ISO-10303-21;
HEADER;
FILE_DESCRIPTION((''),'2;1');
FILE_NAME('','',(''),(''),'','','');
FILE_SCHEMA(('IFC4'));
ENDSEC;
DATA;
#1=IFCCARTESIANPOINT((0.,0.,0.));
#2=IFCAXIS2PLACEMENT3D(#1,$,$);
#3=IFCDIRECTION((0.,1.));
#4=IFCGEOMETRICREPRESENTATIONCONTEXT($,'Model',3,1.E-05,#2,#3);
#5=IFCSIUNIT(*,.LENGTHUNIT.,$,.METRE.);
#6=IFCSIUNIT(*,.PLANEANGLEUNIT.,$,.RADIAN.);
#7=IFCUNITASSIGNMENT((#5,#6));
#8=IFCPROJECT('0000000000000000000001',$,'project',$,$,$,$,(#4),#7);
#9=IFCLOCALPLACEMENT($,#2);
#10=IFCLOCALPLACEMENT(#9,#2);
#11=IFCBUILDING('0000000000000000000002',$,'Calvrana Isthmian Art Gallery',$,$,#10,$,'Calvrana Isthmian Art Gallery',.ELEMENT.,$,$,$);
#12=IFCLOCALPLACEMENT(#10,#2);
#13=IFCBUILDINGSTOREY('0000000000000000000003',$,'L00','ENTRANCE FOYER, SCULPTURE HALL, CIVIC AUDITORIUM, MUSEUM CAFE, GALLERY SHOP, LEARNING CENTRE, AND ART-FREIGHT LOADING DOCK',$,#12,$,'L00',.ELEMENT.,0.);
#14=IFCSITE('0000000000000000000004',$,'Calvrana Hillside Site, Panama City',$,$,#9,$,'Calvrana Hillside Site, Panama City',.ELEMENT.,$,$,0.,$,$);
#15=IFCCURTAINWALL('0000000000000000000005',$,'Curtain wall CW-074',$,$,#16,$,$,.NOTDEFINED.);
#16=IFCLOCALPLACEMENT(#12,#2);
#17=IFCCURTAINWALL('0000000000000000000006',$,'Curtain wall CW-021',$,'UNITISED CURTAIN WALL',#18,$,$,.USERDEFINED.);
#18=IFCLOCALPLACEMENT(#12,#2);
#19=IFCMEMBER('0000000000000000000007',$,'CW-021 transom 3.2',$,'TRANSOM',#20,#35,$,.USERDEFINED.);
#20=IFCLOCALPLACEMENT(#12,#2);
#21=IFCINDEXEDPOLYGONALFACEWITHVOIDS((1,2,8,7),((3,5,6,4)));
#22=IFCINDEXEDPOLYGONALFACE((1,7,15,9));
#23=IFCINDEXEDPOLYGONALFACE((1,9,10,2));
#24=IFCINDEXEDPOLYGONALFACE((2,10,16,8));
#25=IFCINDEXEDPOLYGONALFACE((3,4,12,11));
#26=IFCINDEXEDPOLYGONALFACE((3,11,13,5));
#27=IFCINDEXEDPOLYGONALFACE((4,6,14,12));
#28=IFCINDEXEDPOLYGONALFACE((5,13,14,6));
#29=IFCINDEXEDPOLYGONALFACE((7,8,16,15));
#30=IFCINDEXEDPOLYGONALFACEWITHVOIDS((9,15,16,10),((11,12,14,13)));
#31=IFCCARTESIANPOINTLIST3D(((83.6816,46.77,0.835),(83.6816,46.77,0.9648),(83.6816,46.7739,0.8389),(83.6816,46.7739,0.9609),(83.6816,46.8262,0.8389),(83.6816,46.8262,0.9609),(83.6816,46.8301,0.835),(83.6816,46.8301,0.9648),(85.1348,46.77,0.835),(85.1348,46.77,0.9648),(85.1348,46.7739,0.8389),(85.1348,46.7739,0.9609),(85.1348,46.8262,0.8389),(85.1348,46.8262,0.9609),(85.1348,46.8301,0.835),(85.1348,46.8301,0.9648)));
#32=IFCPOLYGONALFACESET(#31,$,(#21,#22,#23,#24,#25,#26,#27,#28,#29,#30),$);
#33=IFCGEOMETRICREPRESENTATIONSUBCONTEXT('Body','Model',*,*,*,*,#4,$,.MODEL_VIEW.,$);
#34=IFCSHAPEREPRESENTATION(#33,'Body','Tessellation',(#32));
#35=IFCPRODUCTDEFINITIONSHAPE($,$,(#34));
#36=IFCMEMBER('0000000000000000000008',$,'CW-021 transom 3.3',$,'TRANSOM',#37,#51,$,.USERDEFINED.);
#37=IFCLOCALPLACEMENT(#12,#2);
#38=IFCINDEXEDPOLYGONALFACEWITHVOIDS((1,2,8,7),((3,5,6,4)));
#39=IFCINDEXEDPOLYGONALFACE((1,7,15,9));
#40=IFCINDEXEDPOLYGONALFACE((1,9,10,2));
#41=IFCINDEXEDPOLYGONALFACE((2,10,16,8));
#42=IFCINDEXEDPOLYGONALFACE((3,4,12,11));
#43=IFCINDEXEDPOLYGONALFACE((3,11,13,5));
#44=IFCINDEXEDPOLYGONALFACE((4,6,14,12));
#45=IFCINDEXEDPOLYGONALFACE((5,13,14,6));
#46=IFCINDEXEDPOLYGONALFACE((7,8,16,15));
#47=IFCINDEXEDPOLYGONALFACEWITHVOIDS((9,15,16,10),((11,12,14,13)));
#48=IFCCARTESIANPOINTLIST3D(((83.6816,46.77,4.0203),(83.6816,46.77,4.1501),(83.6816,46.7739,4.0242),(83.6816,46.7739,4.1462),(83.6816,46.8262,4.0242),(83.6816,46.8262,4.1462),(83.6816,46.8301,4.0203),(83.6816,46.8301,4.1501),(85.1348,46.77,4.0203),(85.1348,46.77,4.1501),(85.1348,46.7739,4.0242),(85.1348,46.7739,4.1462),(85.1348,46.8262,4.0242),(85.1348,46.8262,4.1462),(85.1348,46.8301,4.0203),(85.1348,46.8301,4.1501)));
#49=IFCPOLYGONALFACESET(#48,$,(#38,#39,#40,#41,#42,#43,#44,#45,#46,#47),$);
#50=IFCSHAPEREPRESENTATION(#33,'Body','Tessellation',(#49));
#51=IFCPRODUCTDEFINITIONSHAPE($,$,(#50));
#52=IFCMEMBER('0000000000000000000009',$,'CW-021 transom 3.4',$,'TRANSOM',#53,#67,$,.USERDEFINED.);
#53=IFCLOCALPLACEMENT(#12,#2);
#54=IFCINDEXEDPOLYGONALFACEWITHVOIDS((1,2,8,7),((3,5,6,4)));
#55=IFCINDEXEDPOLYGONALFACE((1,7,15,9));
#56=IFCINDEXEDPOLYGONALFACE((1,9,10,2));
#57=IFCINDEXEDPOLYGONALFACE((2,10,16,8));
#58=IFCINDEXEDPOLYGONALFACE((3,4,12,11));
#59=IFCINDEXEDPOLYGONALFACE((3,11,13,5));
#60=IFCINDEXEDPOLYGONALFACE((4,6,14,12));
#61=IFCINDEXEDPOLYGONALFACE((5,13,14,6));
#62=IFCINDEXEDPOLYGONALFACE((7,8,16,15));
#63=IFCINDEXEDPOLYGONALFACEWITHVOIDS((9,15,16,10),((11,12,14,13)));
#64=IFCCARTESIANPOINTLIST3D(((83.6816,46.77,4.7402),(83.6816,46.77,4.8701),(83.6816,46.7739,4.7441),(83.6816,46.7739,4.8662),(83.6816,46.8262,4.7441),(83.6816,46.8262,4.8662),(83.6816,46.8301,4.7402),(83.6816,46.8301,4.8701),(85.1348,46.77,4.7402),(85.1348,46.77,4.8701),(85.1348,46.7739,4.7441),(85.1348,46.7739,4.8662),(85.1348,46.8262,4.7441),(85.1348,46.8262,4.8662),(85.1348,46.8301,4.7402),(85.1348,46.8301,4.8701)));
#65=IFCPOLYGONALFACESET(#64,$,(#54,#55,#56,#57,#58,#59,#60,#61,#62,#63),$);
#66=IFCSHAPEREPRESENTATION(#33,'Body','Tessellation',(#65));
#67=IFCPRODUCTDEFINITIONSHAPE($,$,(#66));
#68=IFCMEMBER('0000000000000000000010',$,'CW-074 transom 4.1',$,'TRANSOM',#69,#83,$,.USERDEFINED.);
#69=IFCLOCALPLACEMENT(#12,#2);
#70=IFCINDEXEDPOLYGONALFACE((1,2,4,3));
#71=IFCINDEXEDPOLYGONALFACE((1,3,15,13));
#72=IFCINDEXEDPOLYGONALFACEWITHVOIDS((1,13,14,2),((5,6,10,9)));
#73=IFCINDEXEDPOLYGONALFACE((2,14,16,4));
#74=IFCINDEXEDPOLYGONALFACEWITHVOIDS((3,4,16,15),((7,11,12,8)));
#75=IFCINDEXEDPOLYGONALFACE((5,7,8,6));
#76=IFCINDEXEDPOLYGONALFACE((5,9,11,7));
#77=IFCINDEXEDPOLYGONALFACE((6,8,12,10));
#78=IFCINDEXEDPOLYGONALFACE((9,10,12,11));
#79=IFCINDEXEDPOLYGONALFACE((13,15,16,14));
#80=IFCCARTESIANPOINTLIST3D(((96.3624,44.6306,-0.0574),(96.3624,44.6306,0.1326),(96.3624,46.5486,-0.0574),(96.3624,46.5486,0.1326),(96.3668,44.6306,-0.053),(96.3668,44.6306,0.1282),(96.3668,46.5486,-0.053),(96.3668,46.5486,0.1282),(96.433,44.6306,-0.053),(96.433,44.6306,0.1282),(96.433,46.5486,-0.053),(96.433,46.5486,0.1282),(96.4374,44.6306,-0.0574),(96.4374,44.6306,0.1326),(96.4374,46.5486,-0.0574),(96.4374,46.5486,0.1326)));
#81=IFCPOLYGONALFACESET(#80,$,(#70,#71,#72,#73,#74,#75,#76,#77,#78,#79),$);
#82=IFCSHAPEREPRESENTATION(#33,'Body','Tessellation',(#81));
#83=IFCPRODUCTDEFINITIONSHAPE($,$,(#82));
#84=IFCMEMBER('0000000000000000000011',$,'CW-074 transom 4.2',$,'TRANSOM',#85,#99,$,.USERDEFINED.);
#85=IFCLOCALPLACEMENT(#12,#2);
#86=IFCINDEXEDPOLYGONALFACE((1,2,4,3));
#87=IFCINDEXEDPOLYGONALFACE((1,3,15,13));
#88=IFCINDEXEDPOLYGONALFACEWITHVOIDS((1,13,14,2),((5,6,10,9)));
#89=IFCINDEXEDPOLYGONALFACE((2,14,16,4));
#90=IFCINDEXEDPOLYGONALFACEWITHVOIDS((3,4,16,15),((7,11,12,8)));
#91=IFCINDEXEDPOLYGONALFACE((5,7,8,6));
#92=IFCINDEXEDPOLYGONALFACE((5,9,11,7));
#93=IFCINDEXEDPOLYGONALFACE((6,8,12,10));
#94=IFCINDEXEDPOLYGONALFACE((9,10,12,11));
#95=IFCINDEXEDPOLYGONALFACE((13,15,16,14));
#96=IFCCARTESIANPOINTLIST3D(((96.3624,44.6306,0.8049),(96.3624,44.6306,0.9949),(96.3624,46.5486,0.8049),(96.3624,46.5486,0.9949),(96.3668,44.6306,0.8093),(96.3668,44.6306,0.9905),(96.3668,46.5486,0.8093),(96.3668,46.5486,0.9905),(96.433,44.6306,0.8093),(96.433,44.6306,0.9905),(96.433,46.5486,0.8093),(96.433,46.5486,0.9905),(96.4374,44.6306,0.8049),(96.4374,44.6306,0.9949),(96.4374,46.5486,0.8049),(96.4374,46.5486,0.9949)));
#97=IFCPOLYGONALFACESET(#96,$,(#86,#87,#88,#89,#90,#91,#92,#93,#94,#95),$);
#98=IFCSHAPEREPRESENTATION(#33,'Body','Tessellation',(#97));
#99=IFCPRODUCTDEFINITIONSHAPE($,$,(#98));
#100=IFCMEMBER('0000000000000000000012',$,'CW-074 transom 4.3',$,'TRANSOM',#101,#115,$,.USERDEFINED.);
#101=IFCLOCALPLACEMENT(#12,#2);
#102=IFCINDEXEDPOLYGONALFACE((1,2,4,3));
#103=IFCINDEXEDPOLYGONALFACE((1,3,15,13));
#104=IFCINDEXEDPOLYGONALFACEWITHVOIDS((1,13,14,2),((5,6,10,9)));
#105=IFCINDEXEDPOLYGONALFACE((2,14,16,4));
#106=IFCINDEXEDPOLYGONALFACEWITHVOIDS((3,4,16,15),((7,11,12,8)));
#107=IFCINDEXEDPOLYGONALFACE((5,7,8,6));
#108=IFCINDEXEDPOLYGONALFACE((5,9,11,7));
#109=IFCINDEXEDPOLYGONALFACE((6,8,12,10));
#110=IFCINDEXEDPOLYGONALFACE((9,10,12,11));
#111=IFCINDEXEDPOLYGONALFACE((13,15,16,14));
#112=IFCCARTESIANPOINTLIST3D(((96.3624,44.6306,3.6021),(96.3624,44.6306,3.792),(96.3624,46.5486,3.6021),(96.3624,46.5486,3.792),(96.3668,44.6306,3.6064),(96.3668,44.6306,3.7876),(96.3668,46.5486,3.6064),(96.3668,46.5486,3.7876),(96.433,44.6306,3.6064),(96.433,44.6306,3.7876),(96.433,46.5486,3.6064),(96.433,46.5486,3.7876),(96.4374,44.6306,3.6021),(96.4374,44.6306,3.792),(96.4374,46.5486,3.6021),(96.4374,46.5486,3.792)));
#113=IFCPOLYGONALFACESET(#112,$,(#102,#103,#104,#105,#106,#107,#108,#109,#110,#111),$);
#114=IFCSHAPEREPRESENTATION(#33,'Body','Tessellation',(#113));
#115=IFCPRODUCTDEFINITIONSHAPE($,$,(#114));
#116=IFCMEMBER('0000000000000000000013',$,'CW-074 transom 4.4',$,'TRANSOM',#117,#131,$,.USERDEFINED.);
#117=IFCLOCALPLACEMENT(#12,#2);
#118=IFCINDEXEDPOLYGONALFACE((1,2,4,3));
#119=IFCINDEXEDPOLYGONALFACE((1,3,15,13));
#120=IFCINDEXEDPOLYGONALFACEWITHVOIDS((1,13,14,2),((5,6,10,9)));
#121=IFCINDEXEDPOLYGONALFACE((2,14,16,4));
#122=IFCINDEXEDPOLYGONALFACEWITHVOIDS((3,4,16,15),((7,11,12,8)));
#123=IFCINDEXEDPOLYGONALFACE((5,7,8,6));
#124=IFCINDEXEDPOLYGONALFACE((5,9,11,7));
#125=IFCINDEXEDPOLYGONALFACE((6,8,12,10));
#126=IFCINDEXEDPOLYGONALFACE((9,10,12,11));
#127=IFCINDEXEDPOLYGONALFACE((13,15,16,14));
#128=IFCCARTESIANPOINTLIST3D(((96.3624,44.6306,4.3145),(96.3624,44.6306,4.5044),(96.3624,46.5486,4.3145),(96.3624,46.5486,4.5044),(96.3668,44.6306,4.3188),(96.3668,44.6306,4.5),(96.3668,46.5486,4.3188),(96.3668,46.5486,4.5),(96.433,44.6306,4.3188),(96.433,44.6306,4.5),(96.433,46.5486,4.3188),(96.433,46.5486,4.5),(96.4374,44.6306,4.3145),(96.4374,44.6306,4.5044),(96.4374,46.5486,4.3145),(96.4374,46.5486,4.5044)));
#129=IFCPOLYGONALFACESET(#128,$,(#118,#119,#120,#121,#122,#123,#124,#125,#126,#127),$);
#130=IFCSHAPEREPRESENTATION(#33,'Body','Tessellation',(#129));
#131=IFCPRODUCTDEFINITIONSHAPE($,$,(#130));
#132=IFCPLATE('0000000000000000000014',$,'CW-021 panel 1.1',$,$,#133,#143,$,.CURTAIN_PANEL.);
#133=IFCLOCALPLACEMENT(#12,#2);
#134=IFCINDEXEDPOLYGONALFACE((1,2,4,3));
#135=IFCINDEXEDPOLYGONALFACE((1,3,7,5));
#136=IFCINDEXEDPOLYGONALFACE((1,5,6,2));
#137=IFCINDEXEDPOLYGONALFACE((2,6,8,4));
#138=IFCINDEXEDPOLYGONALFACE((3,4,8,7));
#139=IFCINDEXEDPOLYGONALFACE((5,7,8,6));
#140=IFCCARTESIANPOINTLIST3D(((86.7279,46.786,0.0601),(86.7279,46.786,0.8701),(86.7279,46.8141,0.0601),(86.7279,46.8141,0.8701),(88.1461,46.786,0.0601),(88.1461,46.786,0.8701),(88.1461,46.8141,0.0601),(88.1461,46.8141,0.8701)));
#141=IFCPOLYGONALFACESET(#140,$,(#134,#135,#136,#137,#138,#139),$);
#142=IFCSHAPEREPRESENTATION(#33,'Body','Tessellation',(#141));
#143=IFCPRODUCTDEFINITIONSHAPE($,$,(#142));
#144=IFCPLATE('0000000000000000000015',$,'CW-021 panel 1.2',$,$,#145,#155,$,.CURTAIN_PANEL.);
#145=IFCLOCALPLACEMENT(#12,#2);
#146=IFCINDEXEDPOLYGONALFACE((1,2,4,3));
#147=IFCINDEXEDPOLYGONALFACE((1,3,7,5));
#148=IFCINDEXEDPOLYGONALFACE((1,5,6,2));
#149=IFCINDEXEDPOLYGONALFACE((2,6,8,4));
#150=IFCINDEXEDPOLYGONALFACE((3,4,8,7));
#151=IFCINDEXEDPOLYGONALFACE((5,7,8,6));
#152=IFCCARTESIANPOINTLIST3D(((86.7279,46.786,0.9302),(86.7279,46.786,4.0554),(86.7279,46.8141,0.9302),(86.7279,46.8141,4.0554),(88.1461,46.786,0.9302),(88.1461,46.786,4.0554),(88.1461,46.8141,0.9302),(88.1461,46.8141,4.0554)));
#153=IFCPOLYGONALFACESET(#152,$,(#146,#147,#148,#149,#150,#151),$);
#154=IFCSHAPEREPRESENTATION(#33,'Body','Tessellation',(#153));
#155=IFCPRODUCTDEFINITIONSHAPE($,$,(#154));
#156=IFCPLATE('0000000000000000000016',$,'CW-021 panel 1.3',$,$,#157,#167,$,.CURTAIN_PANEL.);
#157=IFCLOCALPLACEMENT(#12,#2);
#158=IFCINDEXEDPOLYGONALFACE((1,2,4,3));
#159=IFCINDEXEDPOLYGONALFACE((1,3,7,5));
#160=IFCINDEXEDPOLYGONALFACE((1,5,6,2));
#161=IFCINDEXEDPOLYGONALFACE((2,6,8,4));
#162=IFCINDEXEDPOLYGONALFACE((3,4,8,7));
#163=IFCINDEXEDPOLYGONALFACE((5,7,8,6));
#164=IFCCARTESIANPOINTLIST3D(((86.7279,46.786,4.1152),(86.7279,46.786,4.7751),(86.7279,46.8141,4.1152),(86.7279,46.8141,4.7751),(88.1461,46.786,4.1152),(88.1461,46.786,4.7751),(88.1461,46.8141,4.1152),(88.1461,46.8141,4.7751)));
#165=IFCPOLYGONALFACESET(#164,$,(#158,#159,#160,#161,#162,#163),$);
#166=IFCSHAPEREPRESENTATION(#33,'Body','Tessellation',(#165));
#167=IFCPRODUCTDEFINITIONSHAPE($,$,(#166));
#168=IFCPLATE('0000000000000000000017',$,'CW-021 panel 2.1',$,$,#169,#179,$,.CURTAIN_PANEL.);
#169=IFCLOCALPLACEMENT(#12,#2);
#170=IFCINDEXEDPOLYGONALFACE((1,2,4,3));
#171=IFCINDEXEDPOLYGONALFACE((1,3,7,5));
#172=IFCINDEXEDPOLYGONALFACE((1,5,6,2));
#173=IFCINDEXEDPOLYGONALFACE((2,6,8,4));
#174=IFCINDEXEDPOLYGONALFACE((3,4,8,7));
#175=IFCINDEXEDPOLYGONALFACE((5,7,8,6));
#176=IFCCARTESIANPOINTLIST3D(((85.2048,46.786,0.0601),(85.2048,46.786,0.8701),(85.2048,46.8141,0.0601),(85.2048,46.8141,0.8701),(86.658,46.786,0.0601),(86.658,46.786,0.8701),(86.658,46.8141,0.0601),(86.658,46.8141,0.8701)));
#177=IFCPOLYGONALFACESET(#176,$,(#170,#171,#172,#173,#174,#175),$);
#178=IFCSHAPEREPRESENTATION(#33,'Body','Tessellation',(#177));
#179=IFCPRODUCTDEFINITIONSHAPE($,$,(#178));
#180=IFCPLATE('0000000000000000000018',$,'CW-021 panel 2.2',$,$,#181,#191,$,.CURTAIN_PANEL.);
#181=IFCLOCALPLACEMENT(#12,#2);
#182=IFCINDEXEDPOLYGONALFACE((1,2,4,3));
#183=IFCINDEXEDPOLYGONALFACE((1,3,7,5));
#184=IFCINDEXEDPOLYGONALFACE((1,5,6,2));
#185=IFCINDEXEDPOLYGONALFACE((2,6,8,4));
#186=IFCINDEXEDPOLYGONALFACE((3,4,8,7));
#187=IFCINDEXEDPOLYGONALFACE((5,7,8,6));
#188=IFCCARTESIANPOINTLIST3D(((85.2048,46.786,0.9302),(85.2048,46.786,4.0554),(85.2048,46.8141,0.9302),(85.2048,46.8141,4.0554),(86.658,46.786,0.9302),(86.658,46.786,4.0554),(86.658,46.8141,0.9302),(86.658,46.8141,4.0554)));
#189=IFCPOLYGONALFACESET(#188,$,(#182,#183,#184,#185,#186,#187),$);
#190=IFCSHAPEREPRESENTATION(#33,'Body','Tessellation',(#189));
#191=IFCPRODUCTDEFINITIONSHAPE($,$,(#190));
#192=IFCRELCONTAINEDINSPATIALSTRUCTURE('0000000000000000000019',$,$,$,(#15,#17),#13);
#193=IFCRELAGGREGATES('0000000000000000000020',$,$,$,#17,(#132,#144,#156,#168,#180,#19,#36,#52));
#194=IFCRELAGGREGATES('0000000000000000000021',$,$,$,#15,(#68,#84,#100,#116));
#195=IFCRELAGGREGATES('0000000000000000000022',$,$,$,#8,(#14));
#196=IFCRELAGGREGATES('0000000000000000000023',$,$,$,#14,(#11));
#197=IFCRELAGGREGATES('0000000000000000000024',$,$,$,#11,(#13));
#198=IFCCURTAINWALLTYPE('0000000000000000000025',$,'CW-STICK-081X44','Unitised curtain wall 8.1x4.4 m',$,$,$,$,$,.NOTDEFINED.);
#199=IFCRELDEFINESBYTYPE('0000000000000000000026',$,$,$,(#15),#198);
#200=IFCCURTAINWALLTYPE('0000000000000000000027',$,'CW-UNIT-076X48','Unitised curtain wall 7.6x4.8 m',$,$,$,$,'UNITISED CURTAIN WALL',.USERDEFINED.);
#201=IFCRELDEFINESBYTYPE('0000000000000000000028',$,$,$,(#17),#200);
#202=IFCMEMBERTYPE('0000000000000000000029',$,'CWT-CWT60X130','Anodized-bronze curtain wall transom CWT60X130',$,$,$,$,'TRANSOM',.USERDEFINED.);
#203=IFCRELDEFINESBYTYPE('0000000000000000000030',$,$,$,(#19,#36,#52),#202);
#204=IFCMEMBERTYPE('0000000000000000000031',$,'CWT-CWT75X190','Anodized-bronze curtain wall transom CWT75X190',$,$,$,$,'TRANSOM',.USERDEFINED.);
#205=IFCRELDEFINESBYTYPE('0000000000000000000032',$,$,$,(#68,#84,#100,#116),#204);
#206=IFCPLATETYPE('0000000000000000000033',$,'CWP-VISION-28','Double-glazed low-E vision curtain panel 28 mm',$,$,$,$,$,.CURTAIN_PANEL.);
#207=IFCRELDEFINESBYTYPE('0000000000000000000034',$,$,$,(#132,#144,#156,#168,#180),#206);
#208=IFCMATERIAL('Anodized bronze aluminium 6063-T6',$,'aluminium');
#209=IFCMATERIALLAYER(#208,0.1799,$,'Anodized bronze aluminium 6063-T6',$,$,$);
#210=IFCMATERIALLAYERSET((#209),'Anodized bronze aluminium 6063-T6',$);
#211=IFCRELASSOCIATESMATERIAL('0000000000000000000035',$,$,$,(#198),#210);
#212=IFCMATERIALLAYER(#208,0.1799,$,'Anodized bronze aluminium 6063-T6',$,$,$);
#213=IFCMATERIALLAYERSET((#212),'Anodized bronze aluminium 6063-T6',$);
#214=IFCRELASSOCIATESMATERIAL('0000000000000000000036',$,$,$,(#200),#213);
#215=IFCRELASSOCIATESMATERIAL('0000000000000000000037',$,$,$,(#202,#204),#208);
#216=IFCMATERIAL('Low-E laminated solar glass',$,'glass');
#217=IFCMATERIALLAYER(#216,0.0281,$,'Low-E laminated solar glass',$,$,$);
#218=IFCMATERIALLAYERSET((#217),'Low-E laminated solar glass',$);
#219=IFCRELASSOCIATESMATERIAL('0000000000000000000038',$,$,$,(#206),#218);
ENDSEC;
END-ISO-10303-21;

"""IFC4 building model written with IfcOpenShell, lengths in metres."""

from ifc_helpers import new_model, si_unit, direction, frame, origin, origin_2d, place, context, subcontext, project, spatial, rectangle, hollow_rectangle, extrude, material, layer, layer_set, material_profile, profile_set, type_object, element, aggregate, save


model = new_model("IFC4")

# Units and contexts
model_context = context("Model", 3, precision=1e-05, world=origin(), true_north=direction((0.0, 1.0)))
body_context = subcontext(model_context, "Body", "Model", "MODEL_VIEW")
ifc_project = project(units=[si_unit("LENGTHUNIT", "METRE"), si_unit("PLANEANGLEUNIT", "RADIAN")], contexts=[model_context])

# Site, building, storey
site_placement = place(None, origin())
site = spatial("IfcSite", under=ifc_project, at=site_placement, Name="Calvrana Hillside Site, Panama City", LongName="Calvrana Hillside Site, Panama City", CompositionType="ELEMENT", RefElevation=0.0)
building_placement = place(site_placement, origin())
building = spatial("IfcBuilding", under=site, at=building_placement, Name="Calvrana Isthmian Art Gallery", LongName="Calvrana Isthmian Art Gallery", CompositionType="ELEMENT")
storey_placement = place(building_placement, origin())
storey = spatial("IfcBuildingStorey", under=building, at=storey_placement, Name="L00", Description="ENTRANCE FOYER, SCULPTURE HALL, CIVIC AUDITORIUM, MUSEUM CAFE, GALLERY SHOP, LEARNING CENTRE, AND ART-FREIGHT LOADING DOCK", LongName="L00", CompositionType="ELEMENT", Elevation=0.0)

# Curtain walls, members
ifc_material_1 = material(Name="Anodized bronze aluminium 6063-T6", Category="aluminium")
ifc_layer_1 = layer(ifc_material_1, 0.1799, Name="Anodized bronze aluminium 6063-T6")
ifc_layer_set_1 = layer_set([ifc_layer_1], Name="Anodized bronze aluminium 6063-T6")
curtain_wall_type_1 = type_object("IfcCurtainWallType", Name="CW-STICK-081X44", Description="Unitised curtain wall 8.1x4.4 m", PredefinedType="NOTDEFINED", material=ifc_layer_set_1)
curtain_wall_1_placement = place(storey_placement, origin())
curtain_wall_1 = element("IfcCurtainWall", 1, at=curtain_wall_1_placement, inside=storey, type_object=curtain_wall_type_1, Name="Curtain wall CW-074", PredefinedType="NOTDEFINED")
ifc_layer_2 = layer(ifc_material_1, 0.1799, Name="Anodized bronze aluminium 6063-T6")
ifc_layer_set_2 = layer_set([ifc_layer_2], Name="Anodized bronze aluminium 6063-T6")
curtain_wall_type_2 = type_object("IfcCurtainWallType", Name="CW-UNIT-076X48", Description="Unitised curtain wall 7.6x4.8 m", ElementType="UNITISED CURTAIN WALL", PredefinedType="USERDEFINED", material=ifc_layer_set_2)
curtain_wall_2_placement = place(storey_placement, origin())
curtain_wall_2 = element("IfcCurtainWall", 2, at=curtain_wall_2_placement, inside=storey, type_object=curtain_wall_type_2, Name="Curtain wall CW-021", ObjectType="UNITISED CURTAIN WALL", PredefinedType="USERDEFINED")
ifc_material_profile_1 = material_profile(ifc_material_1, hollow_rectangle(XDim=0.0601, YDim=0.1299, WallThickness=0.0039, at=origin_2d()), Name="CWT60X130")
ifc_profile_set_1 = profile_set([ifc_material_profile_1], Name="Anodized bronze aluminium 6063-T6")
member_type_1 = type_object("IfcMemberType", Name="CWT-CWT60X130", Description="Anodized-bronze curtain wall transom CWT60X130", ElementType="TRANSOM", PredefinedType="USERDEFINED", material=ifc_profile_set_1)
member_1_placement = place(storey_placement, frame((85.1348, 46.8, 0.8999), z_axis=(-1.0, 0.0, 0.0), x_axis=(0.0, -1.0, 0.0)))
member_1 = element("IfcMember", 3, at=member_1_placement, type_object=member_type_1, Name="CW-021 transom 3.2", ObjectType="TRANSOM", PredefinedType="USERDEFINED", context=body_context, shape_type="SweptSolid", body=[
    extrude(hollow_rectangle(XDim=0.0601, YDim=0.1299, WallThickness=0.0039, at=origin_2d()), origin(), (0.0, 0.0, 1.0), 1.4531),
])
member_2_placement = place(storey_placement, frame((85.1348, 46.8, 4.0852), z_axis=(-1.0, 0.0, 0.0), x_axis=(0.0, -1.0, 0.0)))
member_2 = element("IfcMember", 4, at=member_2_placement, type_object=member_type_1, Name="CW-021 transom 3.3", ObjectType="TRANSOM", PredefinedType="USERDEFINED", context=body_context, shape_type="SweptSolid", body=[
    extrude(hollow_rectangle(XDim=0.0601, YDim=0.1299, WallThickness=0.0039, at=origin_2d()), origin(), (0.0, 0.0, 1.0), 1.4531),
])
member_3_placement = place(storey_placement, frame((85.1348, 46.8, 4.8052), z_axis=(-1.0, 0.0, 0.0), x_axis=(0.0, -1.0, 0.0)))
member_3 = element("IfcMember", 5, at=member_3_placement, type_object=member_type_1, Name="CW-021 transom 3.4", ObjectType="TRANSOM", PredefinedType="USERDEFINED", context=body_context, shape_type="SweptSolid", body=[
    extrude(hollow_rectangle(XDim=0.0601, YDim=0.1299, WallThickness=0.0039, at=origin_2d()), origin(), (0.0, 0.0, 1.0), 1.4531),
])

# Members
ifc_material_profile_2 = material_profile(ifc_material_1, hollow_rectangle(XDim=0.075, YDim=0.1899, WallThickness=0.0044, at=origin_2d()), Name="CWT75X190")
ifc_profile_set_2 = profile_set([ifc_material_profile_2], Name="Anodized bronze aluminium 6063-T6")
member_type_2 = type_object("IfcMemberType", Name="CWT-CWT75X190", Description="Anodized-bronze curtain wall transom CWT75X190", ElementType="TRANSOM", PredefinedType="USERDEFINED", material=ifc_profile_set_2)
member_4_placement = place(storey_placement, frame((96.3999, 44.6306, 0.0376), z_axis=(0.0, 1.0, 0.0), x_axis=(-1.0, 0.0, 0.0)))
member_4 = element("IfcMember", 6, at=member_4_placement, type_object=member_type_2, Name="CW-074 transom 4.1", ObjectType="TRANSOM", PredefinedType="USERDEFINED", context=body_context, shape_type="SweptSolid", body=[
    extrude(hollow_rectangle(XDim=0.075, YDim=0.1899, WallThickness=0.0044, at=origin_2d()), origin(), (0.0, 0.0, 1.0), 1.918),
])
member_5_placement = place(storey_placement, frame((96.3999, 44.6306, 0.8999), z_axis=(0.0, 1.0, 0.0), x_axis=(-1.0, 0.0, 0.0)))
member_5 = element("IfcMember", 7, at=member_5_placement, type_object=member_type_2, Name="CW-074 transom 4.2", ObjectType="TRANSOM", PredefinedType="USERDEFINED", context=body_context, shape_type="SweptSolid", body=[
    extrude(hollow_rectangle(XDim=0.075, YDim=0.1899, WallThickness=0.0044, at=origin_2d()), origin(), (0.0, 0.0, 1.0), 1.918),
])
member_6_placement = place(storey_placement, frame((96.3999, 44.6306, 3.697), z_axis=(0.0, 1.0, 0.0), x_axis=(-1.0, 0.0, 0.0)))
member_6 = element("IfcMember", 8, at=member_6_placement, type_object=member_type_2, Name="CW-074 transom 4.3", ObjectType="TRANSOM", PredefinedType="USERDEFINED", context=body_context, shape_type="SweptSolid", body=[
    extrude(hollow_rectangle(XDim=0.075, YDim=0.1899, WallThickness=0.0044, at=origin_2d()), origin(), (0.0, 0.0, 1.0), 1.918),
])
member_7_placement = place(storey_placement, frame((96.3999, 44.6306, 4.4094), z_axis=(0.0, 1.0, 0.0), x_axis=(-1.0, 0.0, 0.0)))
member_7 = element("IfcMember", 9, at=member_7_placement, type_object=member_type_2, Name="CW-074 transom 4.4", ObjectType="TRANSOM", PredefinedType="USERDEFINED", context=body_context, shape_type="SweptSolid", body=[
    extrude(hollow_rectangle(XDim=0.075, YDim=0.1899, WallThickness=0.0044, at=origin_2d()), origin(), (0.0, 0.0, 1.0), 1.918),
])

# Plates
ifc_material_2 = material(Name="Low-E laminated solar glass", Category="glass")
ifc_layer_3 = layer(ifc_material_2, 0.0281, Name="Low-E laminated solar glass")
ifc_layer_set_3 = layer_set([ifc_layer_3], Name="Low-E laminated solar glass")
plate_type_1 = type_object("IfcPlateType", Name="CWP-VISION-28", Description="Double-glazed low-E vision curtain panel 28 mm", PredefinedType="CURTAIN_PANEL", material=ifc_layer_set_3)
plate_1_placement = place(storey_placement, frame((87.437, 46.8, 0.0601), z_axis=(0.0, 0.0, 1.0), x_axis=(-1.0, 0.0, 0.0)))
plate_1 = element("IfcPlate", 10, at=plate_1_placement, type_object=plate_type_1, Name="CW-021 panel 1.1", PredefinedType="CURTAIN_PANEL", context=body_context, shape_type="SweptSolid", body=[
    extrude(rectangle(XDim=1.4182, YDim=0.0281, at=origin_2d()), origin(), (0.0, 0.0, 1.0), 0.8101),
])
plate_2_placement = place(storey_placement, frame((87.437, 46.8, 0.9302), z_axis=(0.0, 0.0, 1.0), x_axis=(-1.0, 0.0, 0.0)))
plate_2 = element("IfcPlate", 11, at=plate_2_placement, type_object=plate_type_1, Name="CW-021 panel 1.2", PredefinedType="CURTAIN_PANEL", context=body_context, shape_type="SweptSolid", body=[
    extrude(rectangle(XDim=1.4182, YDim=0.0281, at=origin_2d()), origin(), (0.0, 0.0, 1.0), 3.1252),
])
plate_3_placement = place(storey_placement, frame((87.437, 46.8, 4.1152), z_axis=(0.0, 0.0, 1.0), x_axis=(-1.0, 0.0, 0.0)))
plate_3 = element("IfcPlate", 12, at=plate_3_placement, type_object=plate_type_1, Name="CW-021 panel 1.3", PredefinedType="CURTAIN_PANEL", context=body_context, shape_type="SweptSolid", body=[
    extrude(rectangle(XDim=1.4182, YDim=0.0281, at=origin_2d()), origin(), (0.0, 0.0, 1.0), 0.6599),
])
plate_4_placement = place(storey_placement, frame((85.9314, 46.8, 0.0601), z_axis=(0.0, 0.0, 1.0), x_axis=(-1.0, 0.0, 0.0)))
plate_4 = element("IfcPlate", 13, at=plate_4_placement, type_object=plate_type_1, Name="CW-021 panel 2.1", PredefinedType="CURTAIN_PANEL", context=body_context, shape_type="SweptSolid", body=[
    extrude(rectangle(XDim=1.4531, YDim=0.0281, at=origin_2d()), origin(), (0.0, 0.0, 1.0), 0.8101),
])
plate_5_placement = place(storey_placement, frame((85.9314, 46.8, 0.9302), z_axis=(0.0, 0.0, 1.0), x_axis=(-1.0, 0.0, 0.0)))
plate_5 = element("IfcPlate", 14, at=plate_5_placement, type_object=plate_type_1, Name="CW-021 panel 2.2", PredefinedType="CURTAIN_PANEL", context=body_context, shape_type="SweptSolid", body=[
    extrude(rectangle(XDim=1.4531, YDim=0.0281, at=origin_2d()), origin(), (0.0, 0.0, 1.0), 3.1252),
])
aggregate(curtain_wall_2, [plate_1, plate_2, plate_3, plate_4, plate_5, member_1, member_2, member_3])
aggregate(curtain_wall_1, [member_4, member_5, member_6, member_7])

save(model, "model.ifc")
